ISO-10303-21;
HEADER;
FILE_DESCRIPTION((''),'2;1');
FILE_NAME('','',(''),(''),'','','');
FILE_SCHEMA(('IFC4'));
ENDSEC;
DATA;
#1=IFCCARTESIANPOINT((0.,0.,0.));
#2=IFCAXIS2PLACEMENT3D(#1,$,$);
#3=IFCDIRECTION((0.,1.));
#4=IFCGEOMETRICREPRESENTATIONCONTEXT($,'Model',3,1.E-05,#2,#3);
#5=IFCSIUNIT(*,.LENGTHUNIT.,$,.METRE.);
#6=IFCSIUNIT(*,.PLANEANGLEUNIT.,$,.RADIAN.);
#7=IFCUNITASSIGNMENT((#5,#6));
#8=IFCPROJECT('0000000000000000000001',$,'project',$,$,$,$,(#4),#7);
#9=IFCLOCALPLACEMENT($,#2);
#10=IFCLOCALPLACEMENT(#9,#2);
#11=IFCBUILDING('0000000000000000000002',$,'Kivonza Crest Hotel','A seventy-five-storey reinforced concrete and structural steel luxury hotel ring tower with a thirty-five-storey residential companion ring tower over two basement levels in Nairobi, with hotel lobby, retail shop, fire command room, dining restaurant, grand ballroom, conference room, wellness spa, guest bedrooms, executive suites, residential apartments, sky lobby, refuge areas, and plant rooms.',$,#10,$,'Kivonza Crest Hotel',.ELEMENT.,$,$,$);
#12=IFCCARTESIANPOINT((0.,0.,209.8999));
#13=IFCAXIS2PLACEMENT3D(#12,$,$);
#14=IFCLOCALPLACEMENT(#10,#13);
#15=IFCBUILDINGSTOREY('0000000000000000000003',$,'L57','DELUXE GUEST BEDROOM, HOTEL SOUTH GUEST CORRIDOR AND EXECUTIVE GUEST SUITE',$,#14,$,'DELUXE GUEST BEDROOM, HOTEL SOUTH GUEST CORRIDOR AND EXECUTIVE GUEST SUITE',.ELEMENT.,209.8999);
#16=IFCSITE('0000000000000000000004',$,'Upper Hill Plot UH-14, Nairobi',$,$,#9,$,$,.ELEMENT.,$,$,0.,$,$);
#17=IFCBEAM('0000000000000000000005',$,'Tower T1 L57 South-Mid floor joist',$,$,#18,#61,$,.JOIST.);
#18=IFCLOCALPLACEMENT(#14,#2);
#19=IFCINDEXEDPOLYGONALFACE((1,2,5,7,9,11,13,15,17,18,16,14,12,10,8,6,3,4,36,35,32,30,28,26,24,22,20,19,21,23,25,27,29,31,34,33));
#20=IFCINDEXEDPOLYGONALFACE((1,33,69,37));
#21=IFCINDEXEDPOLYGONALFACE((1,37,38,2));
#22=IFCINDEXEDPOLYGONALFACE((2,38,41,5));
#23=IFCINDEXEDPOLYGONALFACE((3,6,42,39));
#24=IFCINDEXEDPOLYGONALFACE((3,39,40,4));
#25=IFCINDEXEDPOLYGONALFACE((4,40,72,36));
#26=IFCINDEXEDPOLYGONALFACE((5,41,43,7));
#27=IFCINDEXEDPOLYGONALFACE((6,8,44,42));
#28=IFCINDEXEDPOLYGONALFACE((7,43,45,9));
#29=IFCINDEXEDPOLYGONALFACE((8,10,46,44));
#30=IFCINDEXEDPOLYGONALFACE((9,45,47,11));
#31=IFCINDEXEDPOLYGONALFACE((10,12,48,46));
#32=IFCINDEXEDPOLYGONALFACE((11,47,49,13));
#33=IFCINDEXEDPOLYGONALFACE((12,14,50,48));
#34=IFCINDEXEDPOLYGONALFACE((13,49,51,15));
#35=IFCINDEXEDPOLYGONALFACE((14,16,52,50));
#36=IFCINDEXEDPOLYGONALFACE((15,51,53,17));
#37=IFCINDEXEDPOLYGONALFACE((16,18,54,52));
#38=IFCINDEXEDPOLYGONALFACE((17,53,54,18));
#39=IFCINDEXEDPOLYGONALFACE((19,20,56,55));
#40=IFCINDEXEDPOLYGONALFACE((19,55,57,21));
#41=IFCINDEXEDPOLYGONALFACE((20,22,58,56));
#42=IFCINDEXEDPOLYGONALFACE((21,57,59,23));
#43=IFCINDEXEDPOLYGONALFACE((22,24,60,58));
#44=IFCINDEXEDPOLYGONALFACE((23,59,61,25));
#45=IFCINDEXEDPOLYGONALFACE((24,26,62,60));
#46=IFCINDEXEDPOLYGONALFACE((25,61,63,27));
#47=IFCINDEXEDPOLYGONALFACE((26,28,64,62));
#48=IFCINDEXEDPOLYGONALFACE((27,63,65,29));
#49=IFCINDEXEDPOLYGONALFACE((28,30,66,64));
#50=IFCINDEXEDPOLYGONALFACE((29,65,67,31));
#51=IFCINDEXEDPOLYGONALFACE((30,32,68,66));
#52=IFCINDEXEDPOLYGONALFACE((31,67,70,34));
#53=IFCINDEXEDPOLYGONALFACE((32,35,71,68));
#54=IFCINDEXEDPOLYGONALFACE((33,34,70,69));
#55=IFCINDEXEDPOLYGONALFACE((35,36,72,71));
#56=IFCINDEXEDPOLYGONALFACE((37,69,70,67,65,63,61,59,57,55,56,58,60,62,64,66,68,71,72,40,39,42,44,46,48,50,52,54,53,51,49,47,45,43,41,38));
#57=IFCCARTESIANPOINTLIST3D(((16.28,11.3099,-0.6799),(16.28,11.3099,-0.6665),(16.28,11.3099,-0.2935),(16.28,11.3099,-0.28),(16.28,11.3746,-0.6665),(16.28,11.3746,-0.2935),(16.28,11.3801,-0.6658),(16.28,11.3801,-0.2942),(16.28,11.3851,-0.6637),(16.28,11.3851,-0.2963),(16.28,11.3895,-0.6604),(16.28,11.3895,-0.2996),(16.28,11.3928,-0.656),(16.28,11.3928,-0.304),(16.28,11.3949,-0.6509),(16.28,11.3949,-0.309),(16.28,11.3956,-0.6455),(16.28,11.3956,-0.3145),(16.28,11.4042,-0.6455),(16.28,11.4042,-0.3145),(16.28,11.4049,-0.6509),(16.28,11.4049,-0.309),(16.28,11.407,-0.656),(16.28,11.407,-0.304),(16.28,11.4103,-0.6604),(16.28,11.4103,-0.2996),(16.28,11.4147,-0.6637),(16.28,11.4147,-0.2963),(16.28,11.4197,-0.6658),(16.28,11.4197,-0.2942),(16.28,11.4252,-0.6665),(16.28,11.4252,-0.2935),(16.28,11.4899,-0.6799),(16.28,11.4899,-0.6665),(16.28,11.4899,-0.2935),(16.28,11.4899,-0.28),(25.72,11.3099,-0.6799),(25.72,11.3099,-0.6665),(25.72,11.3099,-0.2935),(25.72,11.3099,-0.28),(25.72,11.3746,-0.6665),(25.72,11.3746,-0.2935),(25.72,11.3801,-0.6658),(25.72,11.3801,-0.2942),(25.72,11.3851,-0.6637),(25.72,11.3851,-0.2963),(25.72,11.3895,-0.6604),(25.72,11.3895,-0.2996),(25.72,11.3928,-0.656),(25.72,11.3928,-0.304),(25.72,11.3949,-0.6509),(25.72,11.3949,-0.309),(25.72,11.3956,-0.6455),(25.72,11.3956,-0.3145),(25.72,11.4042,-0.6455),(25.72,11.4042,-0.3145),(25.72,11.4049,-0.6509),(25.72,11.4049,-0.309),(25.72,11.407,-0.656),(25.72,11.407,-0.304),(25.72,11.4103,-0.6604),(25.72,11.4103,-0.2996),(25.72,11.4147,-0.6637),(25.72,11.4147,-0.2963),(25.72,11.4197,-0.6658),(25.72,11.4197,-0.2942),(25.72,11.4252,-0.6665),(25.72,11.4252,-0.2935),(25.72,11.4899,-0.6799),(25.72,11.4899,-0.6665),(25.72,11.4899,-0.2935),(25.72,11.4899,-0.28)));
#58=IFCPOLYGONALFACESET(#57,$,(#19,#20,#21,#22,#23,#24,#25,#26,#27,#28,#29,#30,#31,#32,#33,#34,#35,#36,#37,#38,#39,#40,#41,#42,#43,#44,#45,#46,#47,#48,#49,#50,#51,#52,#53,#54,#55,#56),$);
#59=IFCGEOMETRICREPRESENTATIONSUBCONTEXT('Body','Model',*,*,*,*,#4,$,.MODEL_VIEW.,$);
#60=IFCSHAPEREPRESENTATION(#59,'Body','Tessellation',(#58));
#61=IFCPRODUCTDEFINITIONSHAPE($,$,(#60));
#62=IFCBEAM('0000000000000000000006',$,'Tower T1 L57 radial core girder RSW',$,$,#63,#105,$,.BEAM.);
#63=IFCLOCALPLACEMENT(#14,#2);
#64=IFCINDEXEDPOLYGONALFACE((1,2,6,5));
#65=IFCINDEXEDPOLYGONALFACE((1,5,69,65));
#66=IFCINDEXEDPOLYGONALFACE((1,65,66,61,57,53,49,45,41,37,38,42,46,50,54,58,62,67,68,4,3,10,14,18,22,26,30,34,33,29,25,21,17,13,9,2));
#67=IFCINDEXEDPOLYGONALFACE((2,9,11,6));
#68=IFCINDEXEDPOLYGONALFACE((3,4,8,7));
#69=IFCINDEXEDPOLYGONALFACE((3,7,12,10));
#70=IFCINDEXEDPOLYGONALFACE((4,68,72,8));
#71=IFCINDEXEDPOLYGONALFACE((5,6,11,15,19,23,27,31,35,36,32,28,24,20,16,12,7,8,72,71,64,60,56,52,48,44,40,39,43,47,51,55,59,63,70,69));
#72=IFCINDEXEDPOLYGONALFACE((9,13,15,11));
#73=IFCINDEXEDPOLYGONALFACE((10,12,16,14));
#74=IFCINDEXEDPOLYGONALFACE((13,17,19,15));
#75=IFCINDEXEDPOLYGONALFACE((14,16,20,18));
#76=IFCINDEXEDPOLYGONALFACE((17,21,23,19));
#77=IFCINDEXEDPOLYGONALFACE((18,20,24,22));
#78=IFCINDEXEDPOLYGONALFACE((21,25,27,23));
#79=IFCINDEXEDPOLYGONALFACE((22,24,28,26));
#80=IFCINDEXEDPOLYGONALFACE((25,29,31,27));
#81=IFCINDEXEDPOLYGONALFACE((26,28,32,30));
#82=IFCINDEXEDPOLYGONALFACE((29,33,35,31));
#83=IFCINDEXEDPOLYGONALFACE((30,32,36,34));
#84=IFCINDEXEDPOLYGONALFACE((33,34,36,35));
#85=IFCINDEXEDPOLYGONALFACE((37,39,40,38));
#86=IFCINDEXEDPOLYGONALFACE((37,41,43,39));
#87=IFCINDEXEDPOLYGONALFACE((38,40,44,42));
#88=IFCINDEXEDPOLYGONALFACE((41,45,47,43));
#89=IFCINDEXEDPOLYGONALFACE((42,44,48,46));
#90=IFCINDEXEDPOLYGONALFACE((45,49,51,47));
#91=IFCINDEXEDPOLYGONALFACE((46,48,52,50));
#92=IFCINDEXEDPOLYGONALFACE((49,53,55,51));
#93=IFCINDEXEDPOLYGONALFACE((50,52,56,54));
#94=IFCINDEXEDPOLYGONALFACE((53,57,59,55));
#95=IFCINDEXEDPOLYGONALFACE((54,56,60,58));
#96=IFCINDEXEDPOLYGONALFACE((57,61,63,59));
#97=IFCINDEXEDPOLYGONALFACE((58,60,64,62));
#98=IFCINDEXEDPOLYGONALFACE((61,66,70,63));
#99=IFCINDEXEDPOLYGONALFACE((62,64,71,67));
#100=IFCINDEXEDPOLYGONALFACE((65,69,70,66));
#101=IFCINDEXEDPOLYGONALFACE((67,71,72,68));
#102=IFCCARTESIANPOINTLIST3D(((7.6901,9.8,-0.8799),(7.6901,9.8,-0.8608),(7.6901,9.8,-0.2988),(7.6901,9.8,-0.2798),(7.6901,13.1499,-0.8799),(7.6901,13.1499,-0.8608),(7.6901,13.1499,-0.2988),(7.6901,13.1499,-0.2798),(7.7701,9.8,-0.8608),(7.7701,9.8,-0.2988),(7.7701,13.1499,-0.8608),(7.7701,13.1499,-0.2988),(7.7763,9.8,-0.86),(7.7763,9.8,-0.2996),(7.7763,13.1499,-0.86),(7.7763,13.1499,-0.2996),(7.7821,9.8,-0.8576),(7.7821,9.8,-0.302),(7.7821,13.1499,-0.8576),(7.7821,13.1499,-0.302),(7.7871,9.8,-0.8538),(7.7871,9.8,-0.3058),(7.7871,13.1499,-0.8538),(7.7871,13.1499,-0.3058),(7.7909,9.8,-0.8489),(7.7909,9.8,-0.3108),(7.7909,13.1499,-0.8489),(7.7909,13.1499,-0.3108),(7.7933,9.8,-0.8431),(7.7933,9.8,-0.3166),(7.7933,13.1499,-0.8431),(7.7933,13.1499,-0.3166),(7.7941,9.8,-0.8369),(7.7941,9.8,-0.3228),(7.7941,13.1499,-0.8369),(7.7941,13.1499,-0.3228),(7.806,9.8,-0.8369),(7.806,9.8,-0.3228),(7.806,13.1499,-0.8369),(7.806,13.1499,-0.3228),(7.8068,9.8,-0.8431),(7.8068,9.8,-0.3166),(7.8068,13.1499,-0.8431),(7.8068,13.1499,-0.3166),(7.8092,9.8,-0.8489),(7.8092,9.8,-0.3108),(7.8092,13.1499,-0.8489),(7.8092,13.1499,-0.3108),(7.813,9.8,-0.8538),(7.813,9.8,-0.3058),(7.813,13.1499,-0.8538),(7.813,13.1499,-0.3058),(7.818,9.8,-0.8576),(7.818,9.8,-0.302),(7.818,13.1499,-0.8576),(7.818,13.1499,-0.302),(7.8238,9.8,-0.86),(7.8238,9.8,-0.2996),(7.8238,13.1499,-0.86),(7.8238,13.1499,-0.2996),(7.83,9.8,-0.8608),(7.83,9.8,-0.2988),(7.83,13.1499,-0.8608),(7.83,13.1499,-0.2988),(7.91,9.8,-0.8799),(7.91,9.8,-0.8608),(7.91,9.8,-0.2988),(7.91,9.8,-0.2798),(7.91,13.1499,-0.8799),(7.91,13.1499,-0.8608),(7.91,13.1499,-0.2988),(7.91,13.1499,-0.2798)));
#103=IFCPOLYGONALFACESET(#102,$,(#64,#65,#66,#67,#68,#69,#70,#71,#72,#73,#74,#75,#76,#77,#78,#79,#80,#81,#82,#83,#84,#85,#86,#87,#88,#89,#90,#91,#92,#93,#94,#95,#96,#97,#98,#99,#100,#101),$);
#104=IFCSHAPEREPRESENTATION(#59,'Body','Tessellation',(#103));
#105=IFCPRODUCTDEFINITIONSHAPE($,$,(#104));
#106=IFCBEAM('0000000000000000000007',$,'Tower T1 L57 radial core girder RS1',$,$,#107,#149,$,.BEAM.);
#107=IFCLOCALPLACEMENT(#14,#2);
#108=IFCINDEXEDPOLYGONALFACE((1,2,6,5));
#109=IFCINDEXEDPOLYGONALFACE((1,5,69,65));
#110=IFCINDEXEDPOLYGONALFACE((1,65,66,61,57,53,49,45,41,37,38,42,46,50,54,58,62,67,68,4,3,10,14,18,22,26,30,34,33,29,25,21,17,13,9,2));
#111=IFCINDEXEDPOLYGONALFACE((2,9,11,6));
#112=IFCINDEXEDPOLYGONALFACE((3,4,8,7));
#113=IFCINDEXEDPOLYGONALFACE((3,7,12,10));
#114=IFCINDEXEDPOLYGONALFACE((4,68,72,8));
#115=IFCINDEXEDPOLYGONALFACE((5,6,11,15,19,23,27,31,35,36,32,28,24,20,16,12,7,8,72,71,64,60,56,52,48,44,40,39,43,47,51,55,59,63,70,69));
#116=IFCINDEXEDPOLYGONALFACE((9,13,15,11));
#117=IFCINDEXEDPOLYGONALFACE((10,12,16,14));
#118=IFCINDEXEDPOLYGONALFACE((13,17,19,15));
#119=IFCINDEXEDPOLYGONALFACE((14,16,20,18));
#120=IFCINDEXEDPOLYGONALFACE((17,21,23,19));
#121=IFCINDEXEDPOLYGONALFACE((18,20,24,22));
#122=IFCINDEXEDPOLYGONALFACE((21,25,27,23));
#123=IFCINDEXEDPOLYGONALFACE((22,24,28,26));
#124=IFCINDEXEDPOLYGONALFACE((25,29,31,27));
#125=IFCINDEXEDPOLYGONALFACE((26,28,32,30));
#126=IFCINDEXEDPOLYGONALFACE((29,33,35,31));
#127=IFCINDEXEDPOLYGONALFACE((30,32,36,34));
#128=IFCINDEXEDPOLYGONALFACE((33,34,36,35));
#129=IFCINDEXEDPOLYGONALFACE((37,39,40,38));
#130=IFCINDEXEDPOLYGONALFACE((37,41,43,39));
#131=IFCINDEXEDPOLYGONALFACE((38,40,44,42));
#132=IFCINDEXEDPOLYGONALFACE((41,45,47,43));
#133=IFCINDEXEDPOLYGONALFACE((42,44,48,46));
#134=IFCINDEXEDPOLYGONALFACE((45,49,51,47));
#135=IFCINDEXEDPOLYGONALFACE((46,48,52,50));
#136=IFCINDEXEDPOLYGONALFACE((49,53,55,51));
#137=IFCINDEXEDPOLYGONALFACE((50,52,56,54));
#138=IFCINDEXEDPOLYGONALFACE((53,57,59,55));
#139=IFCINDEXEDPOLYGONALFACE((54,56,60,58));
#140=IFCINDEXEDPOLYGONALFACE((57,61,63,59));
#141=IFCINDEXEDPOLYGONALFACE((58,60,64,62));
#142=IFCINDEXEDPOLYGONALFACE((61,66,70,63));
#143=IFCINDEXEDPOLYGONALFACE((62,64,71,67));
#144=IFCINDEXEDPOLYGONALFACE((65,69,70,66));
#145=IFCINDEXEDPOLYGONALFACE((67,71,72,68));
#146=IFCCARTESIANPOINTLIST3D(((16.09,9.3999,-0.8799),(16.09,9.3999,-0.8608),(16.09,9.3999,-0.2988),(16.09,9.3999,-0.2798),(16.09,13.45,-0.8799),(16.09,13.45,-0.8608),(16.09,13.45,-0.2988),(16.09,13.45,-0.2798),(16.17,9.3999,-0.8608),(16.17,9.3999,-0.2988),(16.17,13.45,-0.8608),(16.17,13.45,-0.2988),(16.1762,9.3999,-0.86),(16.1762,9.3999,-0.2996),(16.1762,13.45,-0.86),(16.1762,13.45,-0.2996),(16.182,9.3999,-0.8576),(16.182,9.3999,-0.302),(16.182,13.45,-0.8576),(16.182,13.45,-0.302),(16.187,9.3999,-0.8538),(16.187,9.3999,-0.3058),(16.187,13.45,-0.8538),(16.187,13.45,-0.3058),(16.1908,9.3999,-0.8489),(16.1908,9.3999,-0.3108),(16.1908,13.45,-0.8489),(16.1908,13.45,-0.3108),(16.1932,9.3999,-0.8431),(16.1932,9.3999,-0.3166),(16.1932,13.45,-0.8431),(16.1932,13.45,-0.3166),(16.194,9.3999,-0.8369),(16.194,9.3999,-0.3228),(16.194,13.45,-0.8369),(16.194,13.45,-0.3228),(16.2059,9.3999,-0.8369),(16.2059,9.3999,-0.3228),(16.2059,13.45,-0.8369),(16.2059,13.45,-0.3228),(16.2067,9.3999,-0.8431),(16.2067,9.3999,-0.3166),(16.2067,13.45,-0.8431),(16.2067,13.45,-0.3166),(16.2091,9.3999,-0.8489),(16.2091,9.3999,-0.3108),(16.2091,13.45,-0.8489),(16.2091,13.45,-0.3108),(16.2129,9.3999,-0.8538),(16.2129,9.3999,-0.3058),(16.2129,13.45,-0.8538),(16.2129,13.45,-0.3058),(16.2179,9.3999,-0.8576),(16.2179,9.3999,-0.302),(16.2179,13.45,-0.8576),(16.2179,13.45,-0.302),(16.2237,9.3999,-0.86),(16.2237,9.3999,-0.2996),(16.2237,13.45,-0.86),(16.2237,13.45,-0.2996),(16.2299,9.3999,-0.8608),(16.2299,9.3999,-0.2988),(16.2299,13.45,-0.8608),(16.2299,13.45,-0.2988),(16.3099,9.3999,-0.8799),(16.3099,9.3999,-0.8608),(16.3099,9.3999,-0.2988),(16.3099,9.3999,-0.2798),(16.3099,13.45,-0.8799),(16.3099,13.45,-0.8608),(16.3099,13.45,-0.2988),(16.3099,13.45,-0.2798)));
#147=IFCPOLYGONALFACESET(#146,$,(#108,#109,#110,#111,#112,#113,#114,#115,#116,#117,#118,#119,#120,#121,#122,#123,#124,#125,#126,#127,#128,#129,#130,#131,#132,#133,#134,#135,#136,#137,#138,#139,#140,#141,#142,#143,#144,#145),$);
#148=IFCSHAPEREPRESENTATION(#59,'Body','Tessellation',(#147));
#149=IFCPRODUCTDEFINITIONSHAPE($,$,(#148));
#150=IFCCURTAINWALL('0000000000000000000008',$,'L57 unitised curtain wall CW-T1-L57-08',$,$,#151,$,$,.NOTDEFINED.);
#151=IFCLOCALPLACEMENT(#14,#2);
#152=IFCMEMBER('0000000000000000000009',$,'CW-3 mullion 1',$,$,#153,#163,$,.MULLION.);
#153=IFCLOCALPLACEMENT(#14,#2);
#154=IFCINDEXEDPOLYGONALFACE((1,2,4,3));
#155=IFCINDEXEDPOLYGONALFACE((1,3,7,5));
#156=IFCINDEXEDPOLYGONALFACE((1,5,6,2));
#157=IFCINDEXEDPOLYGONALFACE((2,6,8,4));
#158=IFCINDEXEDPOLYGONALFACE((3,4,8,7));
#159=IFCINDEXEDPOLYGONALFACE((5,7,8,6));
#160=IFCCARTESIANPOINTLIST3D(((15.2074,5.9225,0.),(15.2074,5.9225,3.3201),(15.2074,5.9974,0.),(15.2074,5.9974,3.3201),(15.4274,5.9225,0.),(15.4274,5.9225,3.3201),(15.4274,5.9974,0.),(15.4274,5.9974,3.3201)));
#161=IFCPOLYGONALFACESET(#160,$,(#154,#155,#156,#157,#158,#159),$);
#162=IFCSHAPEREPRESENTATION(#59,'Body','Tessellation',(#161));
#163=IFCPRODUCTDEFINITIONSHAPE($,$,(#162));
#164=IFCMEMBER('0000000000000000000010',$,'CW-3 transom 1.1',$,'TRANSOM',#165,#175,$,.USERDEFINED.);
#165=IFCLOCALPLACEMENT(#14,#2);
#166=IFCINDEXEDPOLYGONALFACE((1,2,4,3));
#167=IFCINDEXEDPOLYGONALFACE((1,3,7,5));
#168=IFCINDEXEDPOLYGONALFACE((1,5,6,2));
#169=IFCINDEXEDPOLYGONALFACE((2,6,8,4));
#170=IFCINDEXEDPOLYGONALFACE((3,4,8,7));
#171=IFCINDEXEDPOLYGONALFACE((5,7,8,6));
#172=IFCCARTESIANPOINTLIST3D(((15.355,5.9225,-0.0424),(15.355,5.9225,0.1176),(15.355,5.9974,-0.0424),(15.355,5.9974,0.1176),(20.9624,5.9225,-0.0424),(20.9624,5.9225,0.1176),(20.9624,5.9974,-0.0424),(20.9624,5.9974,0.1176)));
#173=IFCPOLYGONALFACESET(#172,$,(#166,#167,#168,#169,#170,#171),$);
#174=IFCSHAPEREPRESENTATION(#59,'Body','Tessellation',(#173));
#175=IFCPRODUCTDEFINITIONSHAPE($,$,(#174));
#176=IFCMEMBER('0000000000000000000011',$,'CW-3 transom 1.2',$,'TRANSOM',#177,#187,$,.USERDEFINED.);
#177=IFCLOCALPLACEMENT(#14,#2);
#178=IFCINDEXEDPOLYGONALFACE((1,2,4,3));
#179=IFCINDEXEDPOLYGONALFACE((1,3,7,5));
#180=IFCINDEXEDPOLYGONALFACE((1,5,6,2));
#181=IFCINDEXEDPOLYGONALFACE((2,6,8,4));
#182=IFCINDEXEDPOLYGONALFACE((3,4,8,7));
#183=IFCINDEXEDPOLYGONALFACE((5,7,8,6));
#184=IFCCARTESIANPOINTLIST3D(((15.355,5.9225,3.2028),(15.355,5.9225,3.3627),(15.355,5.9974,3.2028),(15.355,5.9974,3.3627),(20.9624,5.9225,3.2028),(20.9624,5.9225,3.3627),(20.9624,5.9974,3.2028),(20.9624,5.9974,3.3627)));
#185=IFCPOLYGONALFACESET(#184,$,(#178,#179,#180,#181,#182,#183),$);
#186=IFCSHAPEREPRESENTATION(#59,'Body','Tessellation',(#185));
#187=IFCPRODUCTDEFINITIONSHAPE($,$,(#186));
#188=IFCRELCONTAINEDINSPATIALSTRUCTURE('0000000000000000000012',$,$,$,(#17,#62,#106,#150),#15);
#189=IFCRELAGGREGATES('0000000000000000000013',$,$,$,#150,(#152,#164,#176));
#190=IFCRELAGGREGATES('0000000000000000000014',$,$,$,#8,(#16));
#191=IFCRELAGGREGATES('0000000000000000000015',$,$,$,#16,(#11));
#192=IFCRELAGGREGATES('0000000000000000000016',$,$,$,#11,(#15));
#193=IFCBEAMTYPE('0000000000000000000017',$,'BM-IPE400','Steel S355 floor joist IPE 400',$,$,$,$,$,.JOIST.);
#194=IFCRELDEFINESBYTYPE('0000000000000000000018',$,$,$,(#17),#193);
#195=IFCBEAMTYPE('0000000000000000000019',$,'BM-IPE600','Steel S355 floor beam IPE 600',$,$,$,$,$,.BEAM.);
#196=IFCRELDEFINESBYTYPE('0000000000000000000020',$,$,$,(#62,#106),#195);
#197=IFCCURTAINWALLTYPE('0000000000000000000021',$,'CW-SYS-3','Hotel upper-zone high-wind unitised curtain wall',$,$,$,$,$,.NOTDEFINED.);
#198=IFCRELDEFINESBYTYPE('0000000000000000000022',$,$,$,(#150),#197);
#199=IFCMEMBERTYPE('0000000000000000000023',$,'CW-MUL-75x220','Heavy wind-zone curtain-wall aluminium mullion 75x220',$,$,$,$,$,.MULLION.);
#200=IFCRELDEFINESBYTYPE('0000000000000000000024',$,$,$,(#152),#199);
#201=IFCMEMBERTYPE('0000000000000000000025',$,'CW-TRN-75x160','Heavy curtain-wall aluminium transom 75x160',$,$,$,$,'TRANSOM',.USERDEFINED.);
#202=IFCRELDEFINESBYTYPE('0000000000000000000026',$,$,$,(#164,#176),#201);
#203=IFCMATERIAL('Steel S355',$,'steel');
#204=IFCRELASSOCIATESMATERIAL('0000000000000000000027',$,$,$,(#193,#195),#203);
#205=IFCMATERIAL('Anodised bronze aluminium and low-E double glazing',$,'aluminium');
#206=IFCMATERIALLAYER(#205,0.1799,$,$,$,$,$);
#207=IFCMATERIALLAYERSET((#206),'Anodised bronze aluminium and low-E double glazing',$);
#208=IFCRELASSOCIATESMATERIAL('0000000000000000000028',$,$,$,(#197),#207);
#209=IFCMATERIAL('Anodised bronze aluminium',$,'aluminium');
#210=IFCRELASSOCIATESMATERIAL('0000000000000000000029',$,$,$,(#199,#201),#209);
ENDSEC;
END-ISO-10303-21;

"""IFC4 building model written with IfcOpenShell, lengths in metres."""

from ifc_helpers import new_model, si_unit, direction, frame, origin, origin_2d, place, context, subcontext, project, spatial, rectangle, i_section, extrude, material, layer, layer_set, material_profile, profile_set, type_object, element, aggregate, save


model = new_model("IFC4")

# Units and contexts
model_context = context("Model", 3, precision=1e-05, world=origin(), true_north=direction((0.0, 1.0)))
body_context = subcontext(model_context, "Body", "Model", "MODEL_VIEW")
ifc_project = project(units=[si_unit("LENGTHUNIT", "METRE"), si_unit("PLANEANGLEUNIT", "RADIAN")], contexts=[model_context])

# Site, building, storey
site_placement = place(None, origin())
site = spatial("IfcSite", under=ifc_project, at=site_placement, Name="Upper Hill Plot UH-14, Nairobi", CompositionType="ELEMENT", RefElevation=0.0)
building_placement = place(site_placement, origin())
building = spatial("IfcBuilding", under=site, at=building_placement, Name="Kivonza Crest Hotel", Description="A seventy-five-storey reinforced concrete and structural steel luxury hotel ring tower with a thirty-five-storey residential companion ring tower over two basement levels in Nairobi, with hotel lobby, retail shop, fire command room, dining restaurant, grand ballroom, conference room, wellness spa, guest bedrooms, executive suites, residential apartments, sky lobby, refuge areas, and plant rooms.", LongName="Kivonza Crest Hotel", CompositionType="ELEMENT")
storey_placement = place(building_placement, frame((0.0, 0.0, 209.8999)))
storey = spatial("IfcBuildingStorey", under=building, at=storey_placement, Name="L57", Description="DELUXE GUEST BEDROOM, HOTEL SOUTH GUEST CORRIDOR AND EXECUTIVE GUEST SUITE", LongName="DELUXE GUEST BEDROOM, HOTEL SOUTH GUEST CORRIDOR AND EXECUTIVE GUEST SUITE", CompositionType="ELEMENT", Elevation=209.8999)

# Beams
ifc_material_1 = material(Name="Steel S355", Category="steel")
ifc_material_profile_1 = material_profile(ifc_material_1, i_section(OverallWidth=0.1799, OverallDepth=0.3999, WebThickness=0.0085, FlangeThickness=0.0134, FilletRadius=0.021, at=origin_2d()), Name="IPE 400")
ifc_profile_set_1 = profile_set([ifc_material_profile_1], Name="Steel S355")
beam_type_1 = type_object("IfcBeamType", Name="BM-IPE400", Description="Steel S355 floor joist IPE 400", PredefinedType="JOIST", material=ifc_profile_set_1)
beam_1_placement = place(storey_placement, frame((16.28, 11.3999, -0.48), z_axis=(1.0, 0.0, 0.0), x_axis=(0.0, 1.0, 0.0)))
element("IfcBeam", 1, at=beam_1_placement, inside=storey, type_object=beam_type_1, Name="Tower T1 L57 South-Mid floor joist", PredefinedType="JOIST", context=body_context, shape_type="SweptSolid", body=[
    extrude(i_section(OverallWidth=0.1799, OverallDepth=0.3999, WebThickness=0.0085, FlangeThickness=0.0134, FilletRadius=0.021, at=origin_2d()), origin(), (0.0, 0.0, 1.0), 9.4399),
])
ifc_material_profile_2 = material_profile(ifc_material_1, i_section(OverallWidth=0.22, OverallDepth=0.6001, WebThickness=0.012, FlangeThickness=0.019, FilletRadius=0.0239, at=origin_2d()), Name="IPE 600")
ifc_profile_set_2 = profile_set([ifc_material_profile_2], Name="Steel S355")
beam_type_2 = type_object("IfcBeamType", Name="BM-IPE600", Description="Steel S355 floor beam IPE 600", PredefinedType="BEAM", material=ifc_profile_set_2)
beam_2_placement = place(storey_placement, frame((7.8, 9.8, -0.5798), z_axis=(0.0, 1.0, 0.0), x_axis=(-1.0, 0.0, 0.0)))
element("IfcBeam", 2, at=beam_2_placement, inside=storey, type_object=beam_type_2, Name="Tower T1 L57 radial core girder RSW", PredefinedType="BEAM", context=body_context, shape_type="SweptSolid", body=[
    extrude(i_section(OverallWidth=0.22, OverallDepth=0.6001, WebThickness=0.012, FlangeThickness=0.019, FilletRadius=0.0239, at=origin_2d()), origin(), (0.0, 0.0, 1.0), 3.3499),
])
beam_3_placement = place(storey_placement, frame((16.2, 9.3999, -0.5798), z_axis=(0.0, 1.0, 0.0), x_axis=(-1.0, 0.0, 0.0)))
element("IfcBeam", 3, at=beam_3_placement, inside=storey, type_object=beam_type_2, Name="Tower T1 L57 radial core girder RS1", PredefinedType="BEAM", context=body_context, shape_type="SweptSolid", body=[
    extrude(i_section(OverallWidth=0.22, OverallDepth=0.6001, WebThickness=0.012, FlangeThickness=0.019, FilletRadius=0.0239, at=origin_2d()), origin(), (0.0, 0.0, 1.0), 4.05),
])

# Curtain wall, members
ifc_material_2 = material(Name="Anodised bronze aluminium and low-E double glazing", Category="aluminium")
ifc_layer_1 = layer(ifc_material_2, 0.1799)
ifc_layer_set_1 = layer_set([ifc_layer_1], Name="Anodised bronze aluminium and low-E double glazing")
curtain_wall_type = type_object("IfcCurtainWallType", Name="CW-SYS-3", Description="Hotel upper-zone high-wind unitised curtain wall", PredefinedType="NOTDEFINED", material=ifc_layer_set_1)
curtain_wall_placement = place(storey_placement, origin())
curtain_wall = element("IfcCurtainWall", 4, at=curtain_wall_placement, inside=storey, type_object=curtain_wall_type, Name="L57 unitised curtain wall CW-T1-L57-08", PredefinedType="NOTDEFINED")
ifc_material_3 = material(Name="Anodised bronze aluminium", Category="aluminium")
ifc_material_profile_3 = material_profile(ifc_material_3, rectangle(XDim=0.075, YDim=0.22, at=origin_2d()), Name="CW-M 75x220")
ifc_profile_set_3 = profile_set([ifc_material_profile_3], Name="Anodised bronze aluminium")
member_type_1 = type_object("IfcMemberType", Name="CW-MUL-75x220", Description="Heavy wind-zone curtain-wall aluminium mullion 75x220", PredefinedType="MULLION", material=ifc_profile_set_3)
member_1_placement = place(storey_placement, frame((15.3174, 5.96, 0.0), z_axis=(0.0, 0.0, 1.0), x_axis=(0.0, 1.0, 0.0)))
member_1 = element("IfcMember", 5, at=member_1_placement, type_object=member_type_1, Name="CW-3 mullion 1", PredefinedType="MULLION", context=body_context, shape_type="SweptSolid", body=[
    extrude(rectangle(XDim=0.075, YDim=0.22, at=origin_2d()), origin(), (0.0, 0.0, 1.0), 3.3201),
])
ifc_material_profile_4 = material_profile(ifc_material_3, rectangle(XDim=0.075, YDim=0.1599, at=origin_2d()), Name="CW-T 75x160")
ifc_profile_set_4 = profile_set([ifc_material_profile_4], Name="Anodised bronze aluminium")
member_type_2 = type_object("IfcMemberType", Name="CW-TRN-75x160", Description="Heavy curtain-wall aluminium transom 75x160", ElementType="TRANSOM", PredefinedType="USERDEFINED", material=ifc_profile_set_4)
member_2_placement = place(storey_placement, frame((15.355, 5.96, 0.0376), z_axis=(1.0, 0.0, 0.0), x_axis=(0.0, 1.0, 0.0)))
member_2 = element("IfcMember", 6, at=member_2_placement, type_object=member_type_2, Name="CW-3 transom 1.1", ObjectType="TRANSOM", PredefinedType="USERDEFINED", context=body_context, shape_type="SweptSolid", body=[
    extrude(rectangle(XDim=0.075, YDim=0.1599, at=origin_2d()), origin(), (0.0, 0.0, 1.0), 5.6074),
])
member_3_placement = place(storey_placement, frame((15.355, 5.96, 3.2827), z_axis=(1.0, 0.0, 0.0), x_axis=(0.0, 1.0, 0.0)))
member_3 = element("IfcMember", 7, at=member_3_placement, type_object=member_type_2, Name="CW-3 transom 1.2", ObjectType="TRANSOM", PredefinedType="USERDEFINED", context=body_context, shape_type="SweptSolid", body=[
    extrude(rectangle(XDim=0.075, YDim=0.1599, at=origin_2d()), origin(), (0.0, 0.0, 1.0), 5.6074),
])
aggregate(curtain_wall, [member_1, member_2, member_3])

save(model, "model.ifc")
